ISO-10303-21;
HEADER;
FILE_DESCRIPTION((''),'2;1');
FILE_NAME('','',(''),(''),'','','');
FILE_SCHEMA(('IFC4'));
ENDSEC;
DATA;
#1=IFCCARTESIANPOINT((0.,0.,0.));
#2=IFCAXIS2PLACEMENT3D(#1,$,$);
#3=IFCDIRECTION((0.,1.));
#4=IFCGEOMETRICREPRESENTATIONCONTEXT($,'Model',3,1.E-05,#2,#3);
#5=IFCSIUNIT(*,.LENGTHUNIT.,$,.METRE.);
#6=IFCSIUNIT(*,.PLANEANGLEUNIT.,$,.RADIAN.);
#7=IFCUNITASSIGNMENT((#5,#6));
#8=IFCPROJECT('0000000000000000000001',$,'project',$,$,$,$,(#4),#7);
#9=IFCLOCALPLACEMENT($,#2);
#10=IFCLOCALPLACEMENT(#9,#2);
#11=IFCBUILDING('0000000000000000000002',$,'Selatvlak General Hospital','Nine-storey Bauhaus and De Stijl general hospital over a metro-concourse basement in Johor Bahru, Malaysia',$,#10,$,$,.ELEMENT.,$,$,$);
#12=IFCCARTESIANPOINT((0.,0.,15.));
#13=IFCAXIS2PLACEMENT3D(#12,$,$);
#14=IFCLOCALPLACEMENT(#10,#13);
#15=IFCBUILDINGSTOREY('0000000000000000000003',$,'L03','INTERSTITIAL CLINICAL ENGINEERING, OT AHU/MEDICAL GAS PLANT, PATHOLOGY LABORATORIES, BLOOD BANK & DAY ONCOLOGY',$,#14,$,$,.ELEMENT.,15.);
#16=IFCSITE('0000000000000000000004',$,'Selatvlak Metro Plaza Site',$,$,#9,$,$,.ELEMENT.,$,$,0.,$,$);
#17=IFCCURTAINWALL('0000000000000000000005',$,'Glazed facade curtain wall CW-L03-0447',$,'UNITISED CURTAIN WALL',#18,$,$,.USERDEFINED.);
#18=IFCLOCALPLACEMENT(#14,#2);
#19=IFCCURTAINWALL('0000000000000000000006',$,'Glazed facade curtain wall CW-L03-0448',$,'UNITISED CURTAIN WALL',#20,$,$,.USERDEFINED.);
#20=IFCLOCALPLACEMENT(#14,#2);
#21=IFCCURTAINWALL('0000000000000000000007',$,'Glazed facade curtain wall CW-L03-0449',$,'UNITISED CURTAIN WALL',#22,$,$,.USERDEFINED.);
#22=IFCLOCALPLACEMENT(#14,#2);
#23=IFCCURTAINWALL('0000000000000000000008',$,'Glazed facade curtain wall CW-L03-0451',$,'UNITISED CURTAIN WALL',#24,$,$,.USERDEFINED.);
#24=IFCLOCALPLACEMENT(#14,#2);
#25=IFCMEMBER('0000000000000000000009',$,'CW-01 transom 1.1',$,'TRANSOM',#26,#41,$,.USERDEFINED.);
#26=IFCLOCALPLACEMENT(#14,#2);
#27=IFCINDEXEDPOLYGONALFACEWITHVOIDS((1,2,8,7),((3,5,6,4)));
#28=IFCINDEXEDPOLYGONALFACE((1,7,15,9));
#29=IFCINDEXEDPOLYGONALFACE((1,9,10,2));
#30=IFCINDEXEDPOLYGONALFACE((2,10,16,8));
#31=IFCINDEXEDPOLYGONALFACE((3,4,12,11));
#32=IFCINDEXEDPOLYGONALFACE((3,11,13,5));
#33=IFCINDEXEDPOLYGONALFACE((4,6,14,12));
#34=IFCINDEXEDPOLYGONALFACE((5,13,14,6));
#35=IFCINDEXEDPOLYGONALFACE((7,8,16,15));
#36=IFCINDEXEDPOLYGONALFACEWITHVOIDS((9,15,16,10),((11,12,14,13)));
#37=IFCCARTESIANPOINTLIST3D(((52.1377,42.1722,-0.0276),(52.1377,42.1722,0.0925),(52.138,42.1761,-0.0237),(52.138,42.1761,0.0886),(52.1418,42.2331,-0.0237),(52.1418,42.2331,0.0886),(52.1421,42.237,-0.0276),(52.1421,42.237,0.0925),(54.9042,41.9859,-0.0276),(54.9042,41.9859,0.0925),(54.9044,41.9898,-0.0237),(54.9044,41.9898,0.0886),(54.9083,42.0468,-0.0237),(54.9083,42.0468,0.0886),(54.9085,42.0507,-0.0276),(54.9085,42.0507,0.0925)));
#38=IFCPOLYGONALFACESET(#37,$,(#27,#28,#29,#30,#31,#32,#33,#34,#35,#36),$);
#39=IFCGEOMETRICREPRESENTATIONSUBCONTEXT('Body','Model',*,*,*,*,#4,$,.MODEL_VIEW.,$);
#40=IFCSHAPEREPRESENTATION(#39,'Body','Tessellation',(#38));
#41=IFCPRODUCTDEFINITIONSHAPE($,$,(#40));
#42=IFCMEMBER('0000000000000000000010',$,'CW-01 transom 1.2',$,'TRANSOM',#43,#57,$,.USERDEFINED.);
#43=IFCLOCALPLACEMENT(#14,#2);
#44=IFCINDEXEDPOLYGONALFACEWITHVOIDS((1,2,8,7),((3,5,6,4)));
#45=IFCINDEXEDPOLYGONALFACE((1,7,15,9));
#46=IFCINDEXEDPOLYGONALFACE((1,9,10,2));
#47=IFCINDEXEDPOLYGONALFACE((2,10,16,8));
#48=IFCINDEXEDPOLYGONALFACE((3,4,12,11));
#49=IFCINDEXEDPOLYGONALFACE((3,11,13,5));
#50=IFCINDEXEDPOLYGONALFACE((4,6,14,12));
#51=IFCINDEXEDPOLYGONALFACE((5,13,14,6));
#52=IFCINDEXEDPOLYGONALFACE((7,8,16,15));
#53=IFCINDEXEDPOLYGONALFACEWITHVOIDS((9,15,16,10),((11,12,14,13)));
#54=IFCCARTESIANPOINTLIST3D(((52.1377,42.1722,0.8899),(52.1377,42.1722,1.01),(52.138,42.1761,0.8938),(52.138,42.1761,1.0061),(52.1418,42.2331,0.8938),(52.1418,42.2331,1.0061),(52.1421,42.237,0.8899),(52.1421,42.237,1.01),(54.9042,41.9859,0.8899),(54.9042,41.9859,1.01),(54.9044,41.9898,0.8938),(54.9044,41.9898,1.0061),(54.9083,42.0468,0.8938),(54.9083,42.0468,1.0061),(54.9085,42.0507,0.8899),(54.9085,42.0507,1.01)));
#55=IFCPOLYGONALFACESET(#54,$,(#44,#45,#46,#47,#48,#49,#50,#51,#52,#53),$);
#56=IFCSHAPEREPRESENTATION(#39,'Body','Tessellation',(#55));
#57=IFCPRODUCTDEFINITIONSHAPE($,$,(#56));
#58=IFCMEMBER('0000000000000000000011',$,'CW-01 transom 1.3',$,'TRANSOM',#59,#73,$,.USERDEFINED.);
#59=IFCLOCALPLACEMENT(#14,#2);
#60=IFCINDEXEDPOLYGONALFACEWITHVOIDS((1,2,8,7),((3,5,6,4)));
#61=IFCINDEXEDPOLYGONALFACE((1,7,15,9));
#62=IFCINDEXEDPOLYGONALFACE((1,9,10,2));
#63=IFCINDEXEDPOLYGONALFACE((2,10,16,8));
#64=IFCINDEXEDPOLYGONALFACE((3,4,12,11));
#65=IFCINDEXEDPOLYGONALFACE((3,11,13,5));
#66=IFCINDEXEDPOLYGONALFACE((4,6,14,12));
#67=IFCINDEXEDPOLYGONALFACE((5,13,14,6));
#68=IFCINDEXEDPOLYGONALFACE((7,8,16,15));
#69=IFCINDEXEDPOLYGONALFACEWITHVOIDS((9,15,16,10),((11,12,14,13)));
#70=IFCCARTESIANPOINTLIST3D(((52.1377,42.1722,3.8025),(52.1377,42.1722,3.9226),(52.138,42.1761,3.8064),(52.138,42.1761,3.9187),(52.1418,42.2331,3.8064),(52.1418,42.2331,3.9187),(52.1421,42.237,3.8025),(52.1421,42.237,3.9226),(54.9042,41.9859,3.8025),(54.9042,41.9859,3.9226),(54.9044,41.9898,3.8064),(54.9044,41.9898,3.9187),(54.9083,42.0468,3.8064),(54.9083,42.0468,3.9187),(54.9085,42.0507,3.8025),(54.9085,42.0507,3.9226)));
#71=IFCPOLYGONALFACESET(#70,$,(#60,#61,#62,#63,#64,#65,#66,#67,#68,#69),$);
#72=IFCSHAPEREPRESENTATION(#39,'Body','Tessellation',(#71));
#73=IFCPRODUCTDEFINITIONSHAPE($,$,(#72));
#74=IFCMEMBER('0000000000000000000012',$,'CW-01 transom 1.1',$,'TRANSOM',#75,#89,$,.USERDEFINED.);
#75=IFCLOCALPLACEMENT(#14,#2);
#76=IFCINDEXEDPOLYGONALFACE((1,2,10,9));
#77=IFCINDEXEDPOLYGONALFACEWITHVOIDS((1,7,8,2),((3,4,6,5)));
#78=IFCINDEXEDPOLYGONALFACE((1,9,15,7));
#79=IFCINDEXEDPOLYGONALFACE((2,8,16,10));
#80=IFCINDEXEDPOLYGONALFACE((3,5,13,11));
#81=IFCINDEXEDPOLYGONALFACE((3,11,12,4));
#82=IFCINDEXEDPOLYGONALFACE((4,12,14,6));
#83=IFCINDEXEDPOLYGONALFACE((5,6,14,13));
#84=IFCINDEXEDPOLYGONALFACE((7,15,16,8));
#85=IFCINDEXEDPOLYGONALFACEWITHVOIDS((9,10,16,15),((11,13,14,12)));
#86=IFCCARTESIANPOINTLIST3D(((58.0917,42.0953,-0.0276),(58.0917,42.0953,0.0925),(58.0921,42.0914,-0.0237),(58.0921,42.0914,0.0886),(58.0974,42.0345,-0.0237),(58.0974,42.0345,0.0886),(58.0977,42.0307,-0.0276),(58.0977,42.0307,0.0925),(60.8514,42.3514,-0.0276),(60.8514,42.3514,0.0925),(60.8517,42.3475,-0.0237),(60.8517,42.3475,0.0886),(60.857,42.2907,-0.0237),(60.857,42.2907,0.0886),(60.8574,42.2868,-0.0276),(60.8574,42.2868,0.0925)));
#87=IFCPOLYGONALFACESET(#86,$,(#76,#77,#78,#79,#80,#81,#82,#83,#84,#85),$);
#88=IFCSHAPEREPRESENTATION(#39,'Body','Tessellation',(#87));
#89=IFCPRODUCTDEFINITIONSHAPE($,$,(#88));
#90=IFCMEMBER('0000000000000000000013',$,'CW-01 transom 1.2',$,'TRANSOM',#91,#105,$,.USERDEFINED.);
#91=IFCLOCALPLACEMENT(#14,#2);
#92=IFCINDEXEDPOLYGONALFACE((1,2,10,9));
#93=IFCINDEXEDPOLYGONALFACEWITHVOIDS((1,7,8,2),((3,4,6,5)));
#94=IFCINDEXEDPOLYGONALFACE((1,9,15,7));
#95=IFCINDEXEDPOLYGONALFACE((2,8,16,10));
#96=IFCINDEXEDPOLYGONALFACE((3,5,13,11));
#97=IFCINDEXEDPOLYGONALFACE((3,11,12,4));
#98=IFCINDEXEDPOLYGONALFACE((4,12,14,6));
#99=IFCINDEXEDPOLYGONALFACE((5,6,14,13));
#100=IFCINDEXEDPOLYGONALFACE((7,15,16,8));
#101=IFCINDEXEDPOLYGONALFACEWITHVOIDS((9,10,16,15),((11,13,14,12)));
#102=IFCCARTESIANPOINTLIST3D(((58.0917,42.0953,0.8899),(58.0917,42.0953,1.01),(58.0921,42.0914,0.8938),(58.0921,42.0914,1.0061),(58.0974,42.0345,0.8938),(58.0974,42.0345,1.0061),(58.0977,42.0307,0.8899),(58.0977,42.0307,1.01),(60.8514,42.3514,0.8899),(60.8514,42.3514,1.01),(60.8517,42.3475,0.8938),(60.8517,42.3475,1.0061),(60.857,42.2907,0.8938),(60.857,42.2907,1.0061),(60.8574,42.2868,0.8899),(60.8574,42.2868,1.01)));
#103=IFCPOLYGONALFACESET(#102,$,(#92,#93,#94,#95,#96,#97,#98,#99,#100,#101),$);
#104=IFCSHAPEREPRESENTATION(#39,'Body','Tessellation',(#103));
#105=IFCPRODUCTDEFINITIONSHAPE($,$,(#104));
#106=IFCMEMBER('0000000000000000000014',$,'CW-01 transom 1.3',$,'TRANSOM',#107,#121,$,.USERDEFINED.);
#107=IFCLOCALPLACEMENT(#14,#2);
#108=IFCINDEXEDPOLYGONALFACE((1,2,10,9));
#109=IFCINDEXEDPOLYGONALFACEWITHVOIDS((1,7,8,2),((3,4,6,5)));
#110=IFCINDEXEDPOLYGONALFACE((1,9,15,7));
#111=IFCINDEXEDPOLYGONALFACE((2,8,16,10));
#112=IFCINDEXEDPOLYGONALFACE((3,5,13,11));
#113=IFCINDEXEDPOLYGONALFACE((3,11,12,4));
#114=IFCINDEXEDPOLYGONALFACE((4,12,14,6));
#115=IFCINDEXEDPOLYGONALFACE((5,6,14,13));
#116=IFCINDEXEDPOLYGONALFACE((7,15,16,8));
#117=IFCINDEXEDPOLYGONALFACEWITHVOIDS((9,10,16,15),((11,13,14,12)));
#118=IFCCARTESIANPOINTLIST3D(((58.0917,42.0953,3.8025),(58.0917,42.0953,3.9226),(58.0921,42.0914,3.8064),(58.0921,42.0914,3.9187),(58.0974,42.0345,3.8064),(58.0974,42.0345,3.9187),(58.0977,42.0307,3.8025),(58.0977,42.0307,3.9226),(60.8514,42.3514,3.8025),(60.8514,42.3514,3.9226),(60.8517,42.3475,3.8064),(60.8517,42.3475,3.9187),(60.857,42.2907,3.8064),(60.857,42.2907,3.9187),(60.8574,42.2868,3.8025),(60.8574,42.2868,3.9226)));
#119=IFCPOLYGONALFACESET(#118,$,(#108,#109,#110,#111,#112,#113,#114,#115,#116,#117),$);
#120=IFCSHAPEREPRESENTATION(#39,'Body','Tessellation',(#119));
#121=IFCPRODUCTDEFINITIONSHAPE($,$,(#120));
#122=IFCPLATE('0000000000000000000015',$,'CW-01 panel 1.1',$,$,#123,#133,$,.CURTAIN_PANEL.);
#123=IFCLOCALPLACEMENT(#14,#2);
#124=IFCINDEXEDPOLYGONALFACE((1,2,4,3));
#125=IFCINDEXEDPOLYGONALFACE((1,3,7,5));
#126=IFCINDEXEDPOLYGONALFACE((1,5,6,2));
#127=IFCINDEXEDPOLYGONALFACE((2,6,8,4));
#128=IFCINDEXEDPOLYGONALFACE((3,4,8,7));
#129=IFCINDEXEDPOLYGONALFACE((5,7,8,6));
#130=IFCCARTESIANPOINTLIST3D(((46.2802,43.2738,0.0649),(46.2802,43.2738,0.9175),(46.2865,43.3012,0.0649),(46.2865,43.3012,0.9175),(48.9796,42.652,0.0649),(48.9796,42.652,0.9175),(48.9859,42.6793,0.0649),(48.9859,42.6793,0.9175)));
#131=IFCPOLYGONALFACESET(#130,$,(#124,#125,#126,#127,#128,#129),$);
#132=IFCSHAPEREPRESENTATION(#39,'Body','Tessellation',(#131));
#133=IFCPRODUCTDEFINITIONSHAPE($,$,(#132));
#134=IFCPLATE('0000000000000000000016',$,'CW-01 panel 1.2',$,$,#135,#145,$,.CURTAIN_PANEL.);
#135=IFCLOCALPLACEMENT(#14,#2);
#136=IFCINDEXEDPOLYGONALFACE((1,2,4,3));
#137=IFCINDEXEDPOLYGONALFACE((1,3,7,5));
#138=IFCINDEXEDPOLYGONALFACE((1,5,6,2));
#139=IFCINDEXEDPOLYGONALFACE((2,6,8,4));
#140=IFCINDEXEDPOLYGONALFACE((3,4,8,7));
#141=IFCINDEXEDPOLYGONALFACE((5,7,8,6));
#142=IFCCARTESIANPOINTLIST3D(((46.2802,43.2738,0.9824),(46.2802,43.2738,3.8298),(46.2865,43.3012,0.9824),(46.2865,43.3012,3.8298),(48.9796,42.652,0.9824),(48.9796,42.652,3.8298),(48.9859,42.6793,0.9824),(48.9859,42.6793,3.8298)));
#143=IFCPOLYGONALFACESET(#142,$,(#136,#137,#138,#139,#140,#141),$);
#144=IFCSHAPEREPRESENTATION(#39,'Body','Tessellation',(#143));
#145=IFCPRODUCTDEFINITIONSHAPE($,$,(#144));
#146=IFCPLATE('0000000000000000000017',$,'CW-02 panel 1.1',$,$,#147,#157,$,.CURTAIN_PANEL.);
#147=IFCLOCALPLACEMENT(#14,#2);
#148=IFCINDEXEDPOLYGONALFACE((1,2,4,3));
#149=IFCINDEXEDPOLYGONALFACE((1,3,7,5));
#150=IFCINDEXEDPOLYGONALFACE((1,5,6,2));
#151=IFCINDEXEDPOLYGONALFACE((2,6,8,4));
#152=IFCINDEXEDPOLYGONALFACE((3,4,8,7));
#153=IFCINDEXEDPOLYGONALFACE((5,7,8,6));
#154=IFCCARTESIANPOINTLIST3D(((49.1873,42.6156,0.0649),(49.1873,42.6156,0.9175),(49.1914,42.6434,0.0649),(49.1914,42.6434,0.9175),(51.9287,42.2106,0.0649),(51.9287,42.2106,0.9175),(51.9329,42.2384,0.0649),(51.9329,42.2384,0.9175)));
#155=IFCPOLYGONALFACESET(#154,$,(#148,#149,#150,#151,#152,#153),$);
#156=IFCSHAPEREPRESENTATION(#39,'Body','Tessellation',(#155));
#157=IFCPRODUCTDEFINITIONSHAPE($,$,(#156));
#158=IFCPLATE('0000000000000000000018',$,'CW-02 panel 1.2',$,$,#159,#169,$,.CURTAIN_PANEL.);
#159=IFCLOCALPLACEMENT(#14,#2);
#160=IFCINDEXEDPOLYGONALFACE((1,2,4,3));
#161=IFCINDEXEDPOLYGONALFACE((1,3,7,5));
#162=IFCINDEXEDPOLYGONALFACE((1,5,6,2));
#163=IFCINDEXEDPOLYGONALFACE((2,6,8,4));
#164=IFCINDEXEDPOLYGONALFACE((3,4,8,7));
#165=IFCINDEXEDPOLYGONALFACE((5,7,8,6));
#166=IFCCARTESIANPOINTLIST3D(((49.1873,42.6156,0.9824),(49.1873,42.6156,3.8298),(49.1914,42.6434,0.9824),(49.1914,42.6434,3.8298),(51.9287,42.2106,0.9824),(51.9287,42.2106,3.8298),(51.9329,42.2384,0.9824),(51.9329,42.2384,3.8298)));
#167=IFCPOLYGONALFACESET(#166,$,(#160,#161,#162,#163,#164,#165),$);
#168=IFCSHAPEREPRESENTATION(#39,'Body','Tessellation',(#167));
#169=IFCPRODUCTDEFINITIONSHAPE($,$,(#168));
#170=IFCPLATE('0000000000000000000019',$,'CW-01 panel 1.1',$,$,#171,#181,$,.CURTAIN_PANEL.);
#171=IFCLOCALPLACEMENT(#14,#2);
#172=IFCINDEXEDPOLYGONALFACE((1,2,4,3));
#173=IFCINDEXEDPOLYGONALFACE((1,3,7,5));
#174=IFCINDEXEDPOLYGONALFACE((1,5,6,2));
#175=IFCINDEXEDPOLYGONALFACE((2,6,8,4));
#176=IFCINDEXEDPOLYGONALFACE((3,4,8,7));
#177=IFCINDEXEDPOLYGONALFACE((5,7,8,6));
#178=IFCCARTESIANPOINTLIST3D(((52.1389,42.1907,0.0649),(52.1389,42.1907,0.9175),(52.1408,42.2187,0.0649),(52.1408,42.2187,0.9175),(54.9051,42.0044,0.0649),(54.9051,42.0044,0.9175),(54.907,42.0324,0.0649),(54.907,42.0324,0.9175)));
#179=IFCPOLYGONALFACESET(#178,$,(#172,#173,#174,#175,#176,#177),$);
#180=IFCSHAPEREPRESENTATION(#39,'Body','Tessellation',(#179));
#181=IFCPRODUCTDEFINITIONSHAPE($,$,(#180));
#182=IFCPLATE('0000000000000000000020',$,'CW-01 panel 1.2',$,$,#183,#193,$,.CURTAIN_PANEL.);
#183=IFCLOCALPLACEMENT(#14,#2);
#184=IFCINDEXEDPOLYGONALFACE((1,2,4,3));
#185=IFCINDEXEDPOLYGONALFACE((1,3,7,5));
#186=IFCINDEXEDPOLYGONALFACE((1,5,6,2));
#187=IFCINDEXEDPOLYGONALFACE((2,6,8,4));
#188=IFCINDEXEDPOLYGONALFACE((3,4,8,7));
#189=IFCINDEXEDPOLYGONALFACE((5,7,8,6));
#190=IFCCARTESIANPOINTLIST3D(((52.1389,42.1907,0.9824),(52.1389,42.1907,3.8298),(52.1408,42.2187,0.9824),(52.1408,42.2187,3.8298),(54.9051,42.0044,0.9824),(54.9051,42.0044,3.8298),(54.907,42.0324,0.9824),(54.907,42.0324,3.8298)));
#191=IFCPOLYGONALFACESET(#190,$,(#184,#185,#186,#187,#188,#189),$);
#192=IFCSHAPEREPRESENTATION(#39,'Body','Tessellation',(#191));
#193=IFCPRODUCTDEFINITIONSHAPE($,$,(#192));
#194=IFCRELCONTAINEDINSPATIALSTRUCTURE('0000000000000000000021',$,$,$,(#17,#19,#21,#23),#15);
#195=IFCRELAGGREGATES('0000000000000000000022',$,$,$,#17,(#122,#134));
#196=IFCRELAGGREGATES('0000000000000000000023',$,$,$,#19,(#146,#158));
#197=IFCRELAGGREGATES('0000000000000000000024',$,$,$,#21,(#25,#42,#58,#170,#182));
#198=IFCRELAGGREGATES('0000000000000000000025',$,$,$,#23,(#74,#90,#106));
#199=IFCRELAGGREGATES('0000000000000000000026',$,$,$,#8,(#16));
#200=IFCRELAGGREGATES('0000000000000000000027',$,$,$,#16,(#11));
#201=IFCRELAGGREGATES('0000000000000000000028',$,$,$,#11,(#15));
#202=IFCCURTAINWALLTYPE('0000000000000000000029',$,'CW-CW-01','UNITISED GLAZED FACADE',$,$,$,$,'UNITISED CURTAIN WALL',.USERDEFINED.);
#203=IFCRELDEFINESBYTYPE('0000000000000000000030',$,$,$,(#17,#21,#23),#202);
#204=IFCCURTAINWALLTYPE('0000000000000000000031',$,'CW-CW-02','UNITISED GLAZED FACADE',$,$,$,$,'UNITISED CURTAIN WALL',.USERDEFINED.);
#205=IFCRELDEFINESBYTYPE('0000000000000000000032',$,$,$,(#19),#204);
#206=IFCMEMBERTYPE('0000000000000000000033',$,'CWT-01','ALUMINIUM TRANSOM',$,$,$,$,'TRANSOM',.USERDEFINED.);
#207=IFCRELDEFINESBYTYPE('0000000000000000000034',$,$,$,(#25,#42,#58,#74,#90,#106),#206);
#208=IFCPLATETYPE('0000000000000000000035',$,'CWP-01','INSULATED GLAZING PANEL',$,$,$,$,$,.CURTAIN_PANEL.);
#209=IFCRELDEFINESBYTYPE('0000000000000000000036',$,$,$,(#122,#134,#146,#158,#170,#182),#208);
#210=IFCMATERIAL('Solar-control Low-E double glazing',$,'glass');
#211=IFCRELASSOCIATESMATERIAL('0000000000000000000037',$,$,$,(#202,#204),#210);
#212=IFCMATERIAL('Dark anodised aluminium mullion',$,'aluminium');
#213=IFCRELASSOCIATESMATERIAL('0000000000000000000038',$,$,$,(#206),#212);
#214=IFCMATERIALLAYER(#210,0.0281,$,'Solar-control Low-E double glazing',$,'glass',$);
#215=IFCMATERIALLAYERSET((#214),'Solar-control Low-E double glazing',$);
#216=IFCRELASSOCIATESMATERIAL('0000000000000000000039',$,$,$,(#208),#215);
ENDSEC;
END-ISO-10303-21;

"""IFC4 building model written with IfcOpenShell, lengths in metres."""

from ifc_helpers import new_model, si_unit, direction, frame, origin, origin_2d, place, context, subcontext, project, spatial, rectangle, hollow_rectangle, extrude, material, layer, layer_set, material_profile, profile_set, type_object, element, aggregate, save


model = new_model("IFC4")

# Units and contexts
model_context = context("Model", 3, precision=1e-05, world=origin(), true_north=direction((0.0, 1.0)))
body_context = subcontext(model_context, "Body", "Model", "MODEL_VIEW")
ifc_project = project(units=[si_unit("LENGTHUNIT", "METRE"), si_unit("PLANEANGLEUNIT", "RADIAN")], contexts=[model_context])

# Site, building, storey
site_placement = place(None, origin())
site = spatial("IfcSite", under=ifc_project, at=site_placement, Name="Selatvlak Metro Plaza Site", CompositionType="ELEMENT", RefElevation=0.0)
building_placement = place(site_placement, origin())
building = spatial("IfcBuilding", under=site, at=building_placement, Name="Selatvlak General Hospital", Description="Nine-storey Bauhaus and De Stijl general hospital over a metro-concourse basement in Johor Bahru, Malaysia", CompositionType="ELEMENT")
storey_placement = place(building_placement, frame((0.0, 0.0, 15.0)))
storey = spatial("IfcBuildingStorey", under=building, at=storey_placement, Name="L03", Description="INTERSTITIAL CLINICAL ENGINEERING, OT AHU/MEDICAL GAS PLANT, PATHOLOGY LABORATORIES, BLOOD BANK & DAY ONCOLOGY", CompositionType="ELEMENT", Elevation=15.0)

# Curtain wall
ifc_material_1 = material(Name="Solar-control Low-E double glazing", Category="glass")
curtain_wall_type_1 = type_object("IfcCurtainWallType", Name="CW-CW-01", Description="UNITISED GLAZED FACADE", ElementType="UNITISED CURTAIN WALL", PredefinedType="USERDEFINED", material=ifc_material_1)
curtain_wall_1_placement = place(storey_placement, origin())
curtain_wall_1 = element("IfcCurtainWall", 1, at=curtain_wall_1_placement, inside=storey, type_object=curtain_wall_type_1, Name="Glazed facade curtain wall CW-L03-0447", ObjectType="UNITISED CURTAIN WALL", PredefinedType="USERDEFINED")
ifc_material_2 = material(Name="Dark anodised aluminium mullion", Category="aluminium")

# Curtain wall
curtain_wall_type_2 = type_object("IfcCurtainWallType", Name="CW-CW-02", Description="UNITISED GLAZED FACADE", ElementType="UNITISED CURTAIN WALL", PredefinedType="USERDEFINED", material=ifc_material_1)
curtain_wall_2_placement = place(storey_placement, origin())
curtain_wall_2 = element("IfcCurtainWall", 2, at=curtain_wall_2_placement, inside=storey, type_object=curtain_wall_type_2, Name="Glazed facade curtain wall CW-L03-0448", ObjectType="UNITISED CURTAIN WALL", PredefinedType="USERDEFINED")

# Curtain walls
curtain_wall_3_placement = place(storey_placement, origin())
curtain_wall_3 = element("IfcCurtainWall", 3, at=curtain_wall_3_placement, inside=storey, type_object=curtain_wall_type_1, Name="Glazed facade curtain wall CW-L03-0449", ObjectType="UNITISED CURTAIN WALL", PredefinedType="USERDEFINED")
curtain_wall_4_placement = place(storey_placement, origin())
curtain_wall_4 = element("IfcCurtainWall", 4, at=curtain_wall_4_placement, inside=storey, type_object=curtain_wall_type_1, Name="Glazed facade curtain wall CW-L03-0451", ObjectType="UNITISED CURTAIN WALL", PredefinedType="USERDEFINED")

# Members
ifc_material_profile_1 = material_profile(ifc_material_2, hollow_rectangle(XDim=0.0649, YDim=0.1201, WallThickness=0.0039, at=origin_2d()), Name="AL-TRN 65x120x4")
ifc_profile_set_1 = profile_set([ifc_material_profile_1], Name="Dark anodised aluminium mullion")
member_type_1 = type_object("IfcMemberType", Name="CWT-01", Description="ALUMINIUM TRANSOM", ElementType="TRANSOM", PredefinedType="USERDEFINED", material=ifc_profile_set_1)
member_1_placement = place(storey_placement, frame((52.1399, 42.2046, 0.0325), z_axis=(0.997741, -0.067185, 0.0), x_axis=(0.067185, 0.997741, 0.0)))
member_1 = element("IfcMember", 5, at=member_1_placement, type_object=member_type_1, Name="CW-01 transom 1.1", ObjectType="TRANSOM", PredefinedType="USERDEFINED", context=body_context, shape_type="SweptSolid", body=[
    extrude(hollow_rectangle(XDim=0.0649, YDim=0.1201, WallThickness=0.0039, at=origin_2d()), origin(), (0.0, 0.0, 1.0), 2.7727),
])
member_2_placement = place(storey_placement, frame((52.1399, 42.2046, 0.95), z_axis=(0.997741, -0.067185, 0.0), x_axis=(0.067185, 0.997741, 0.0)))
member_2 = element("IfcMember", 6, at=member_2_placement, type_object=member_type_1, Name="CW-01 transom 1.2", ObjectType="TRANSOM", PredefinedType="USERDEFINED", context=body_context, shape_type="SweptSolid", body=[
    extrude(hollow_rectangle(XDim=0.0649, YDim=0.1201, WallThickness=0.0039, at=origin_2d()), origin(), (0.0, 0.0, 1.0), 2.7727),
])
member_3_placement = place(storey_placement, frame((52.1399, 42.2046, 3.8625), z_axis=(0.997741, -0.067185, 0.0), x_axis=(0.067185, 0.997741, 0.0)))
member_3 = element("IfcMember", 7, at=member_3_placement, type_object=member_type_1, Name="CW-01 transom 1.3", ObjectType="TRANSOM", PredefinedType="USERDEFINED", context=body_context, shape_type="SweptSolid", body=[
    extrude(hollow_rectangle(XDim=0.0649, YDim=0.1201, WallThickness=0.0039, at=origin_2d()), origin(), (0.0, 0.0, 1.0), 2.7727),
])
member_4_placement = place(storey_placement, frame((58.0947, 42.063, 0.0325), z_axis=(0.995721, 0.09241, 0.0), x_axis=(-0.09241, 0.995721, 0.0)))
member_4 = element("IfcMember", 8, at=member_4_placement, type_object=member_type_1, Name="CW-01 transom 1.1", ObjectType="TRANSOM", PredefinedType="USERDEFINED", context=body_context, shape_type="SweptSolid", body=[
    extrude(hollow_rectangle(XDim=0.0649, YDim=0.1201, WallThickness=0.0039, at=origin_2d()), origin(), (0.0, 0.0, 1.0), 2.7715),
])
member_5_placement = place(storey_placement, frame((58.0947, 42.063, 0.95), z_axis=(0.995721, 0.09241, 0.0), x_axis=(-0.09241, 0.995721, 0.0)))
member_5 = element("IfcMember", 9, at=member_5_placement, type_object=member_type_1, Name="CW-01 transom 1.2", ObjectType="TRANSOM", PredefinedType="USERDEFINED", context=body_context, shape_type="SweptSolid", body=[
    extrude(hollow_rectangle(XDim=0.0649, YDim=0.1201, WallThickness=0.0039, at=origin_2d()), origin(), (0.0, 0.0, 1.0), 2.7715),
])
member_6_placement = place(storey_placement, frame((58.0947, 42.063, 3.8625), z_axis=(0.995721, 0.09241, 0.0), x_axis=(-0.09241, 0.995721, 0.0)))
member_6 = element("IfcMember", 10, at=member_6_placement, type_object=member_type_1, Name="CW-01 transom 1.3", ObjectType="TRANSOM", PredefinedType="USERDEFINED", context=body_context, shape_type="SweptSolid", body=[
    extrude(hollow_rectangle(XDim=0.0649, YDim=0.1201, WallThickness=0.0039, at=origin_2d()), origin(), (0.0, 0.0, 1.0), 2.7715),
])

# Plates
ifc_layer_1 = layer(ifc_material_1, 0.0281, Name="Solar-control Low-E double glazing", Category="glass")
ifc_layer_set_1 = layer_set([ifc_layer_1], Name="Solar-control Low-E double glazing")
plate_type = type_object("IfcPlateType", Name="CWP-01", Description="INSULATED GLAZING PANEL", PredefinedType="CURTAIN_PANEL", material=ifc_layer_set_1)
plate_1_placement = place(storey_placement, frame((47.6331, 42.9766, 0.0649), z_axis=(0.0, 0.0, 1.0), x_axis=(0.974478, -0.224482, 0.0)))
plate_1 = element("IfcPlate", 11, at=plate_1_placement, type_object=plate_type, Name="CW-01 panel 1.1", PredefinedType="CURTAIN_PANEL", context=body_context, shape_type="SweptSolid", body=[
    extrude(rectangle(XDim=2.77, YDim=0.0281, at=origin_2d()), origin(), (0.0, 0.0, 1.0), 0.8525),
])
plate_2_placement = place(storey_placement, frame((47.6331, 42.9766, 0.9824), z_axis=(0.0, 0.0, 1.0), x_axis=(0.974478, -0.224482, 0.0)))
plate_2 = element("IfcPlate", 12, at=plate_2_placement, type_object=plate_type, Name="CW-01 panel 1.2", PredefinedType="CURTAIN_PANEL", context=body_context, shape_type="SweptSolid", body=[
    extrude(rectangle(XDim=2.77, YDim=0.0281, at=origin_2d()), origin(), (0.0, 0.0, 1.0), 2.8474),
])
aggregate(curtain_wall_1, [plate_1, plate_2])
plate_3_placement = place(storey_placement, frame((50.5601, 42.427, 0.0649), z_axis=(0.0, 0.0, 1.0), x_axis=(0.989263, -0.146149, 0.0)))
plate_3 = element("IfcPlate", 13, at=plate_3_placement, type_object=plate_type, Name="CW-02 panel 1.1", PredefinedType="CURTAIN_PANEL", context=body_context, shape_type="SweptSolid", body=[
    extrude(rectangle(XDim=2.7712, YDim=0.0281, at=origin_2d()), origin(), (0.0, 0.0, 1.0), 0.8525),
])
plate_4_placement = place(storey_placement, frame((50.5601, 42.427, 0.9824), z_axis=(0.0, 0.0, 1.0), x_axis=(0.989263, -0.146149, 0.0)))
plate_4 = element("IfcPlate", 14, at=plate_4_placement, type_object=plate_type, Name="CW-02 panel 1.2", PredefinedType="CURTAIN_PANEL", context=body_context, shape_type="SweptSolid", body=[
    extrude(rectangle(XDim=2.7712, YDim=0.0281, at=origin_2d()), origin(), (0.0, 0.0, 1.0), 2.8474),
])
aggregate(curtain_wall_2, [plate_3, plate_4])
plate_5_placement = place(storey_placement, frame((53.5229, 42.1116, 0.0649), z_axis=(0.0, 0.0, 1.0), x_axis=(0.997741, -0.067182, 0.0)))
plate_5 = element("IfcPlate", 15, at=plate_5_placement, type_object=plate_type, Name="CW-01 panel 1.1", PredefinedType="CURTAIN_PANEL", context=body_context, shape_type="SweptSolid", body=[
    extrude(rectangle(XDim=2.7725, YDim=0.0281, at=origin_2d()), origin(), (0.0, 0.0, 1.0), 0.8525),
])
plate_6_placement = place(storey_placement, frame((53.5229, 42.1116, 0.9824), z_axis=(0.0, 0.0, 1.0), x_axis=(0.997741, -0.067182, 0.0)))
plate_6 = element("IfcPlate", 16, at=plate_6_placement, type_object=plate_type, Name="CW-01 panel 1.2", PredefinedType="CURTAIN_PANEL", context=body_context, shape_type="SweptSolid", body=[
    extrude(rectangle(XDim=2.7725, YDim=0.0281, at=origin_2d()), origin(), (0.0, 0.0, 1.0), 2.8474),
])
aggregate(curtain_wall_3, [member_1, member_2, member_3, plate_5, plate_6])
aggregate(curtain_wall_4, [member_4, member_5, member_6])

save(model, "model.ifc")
